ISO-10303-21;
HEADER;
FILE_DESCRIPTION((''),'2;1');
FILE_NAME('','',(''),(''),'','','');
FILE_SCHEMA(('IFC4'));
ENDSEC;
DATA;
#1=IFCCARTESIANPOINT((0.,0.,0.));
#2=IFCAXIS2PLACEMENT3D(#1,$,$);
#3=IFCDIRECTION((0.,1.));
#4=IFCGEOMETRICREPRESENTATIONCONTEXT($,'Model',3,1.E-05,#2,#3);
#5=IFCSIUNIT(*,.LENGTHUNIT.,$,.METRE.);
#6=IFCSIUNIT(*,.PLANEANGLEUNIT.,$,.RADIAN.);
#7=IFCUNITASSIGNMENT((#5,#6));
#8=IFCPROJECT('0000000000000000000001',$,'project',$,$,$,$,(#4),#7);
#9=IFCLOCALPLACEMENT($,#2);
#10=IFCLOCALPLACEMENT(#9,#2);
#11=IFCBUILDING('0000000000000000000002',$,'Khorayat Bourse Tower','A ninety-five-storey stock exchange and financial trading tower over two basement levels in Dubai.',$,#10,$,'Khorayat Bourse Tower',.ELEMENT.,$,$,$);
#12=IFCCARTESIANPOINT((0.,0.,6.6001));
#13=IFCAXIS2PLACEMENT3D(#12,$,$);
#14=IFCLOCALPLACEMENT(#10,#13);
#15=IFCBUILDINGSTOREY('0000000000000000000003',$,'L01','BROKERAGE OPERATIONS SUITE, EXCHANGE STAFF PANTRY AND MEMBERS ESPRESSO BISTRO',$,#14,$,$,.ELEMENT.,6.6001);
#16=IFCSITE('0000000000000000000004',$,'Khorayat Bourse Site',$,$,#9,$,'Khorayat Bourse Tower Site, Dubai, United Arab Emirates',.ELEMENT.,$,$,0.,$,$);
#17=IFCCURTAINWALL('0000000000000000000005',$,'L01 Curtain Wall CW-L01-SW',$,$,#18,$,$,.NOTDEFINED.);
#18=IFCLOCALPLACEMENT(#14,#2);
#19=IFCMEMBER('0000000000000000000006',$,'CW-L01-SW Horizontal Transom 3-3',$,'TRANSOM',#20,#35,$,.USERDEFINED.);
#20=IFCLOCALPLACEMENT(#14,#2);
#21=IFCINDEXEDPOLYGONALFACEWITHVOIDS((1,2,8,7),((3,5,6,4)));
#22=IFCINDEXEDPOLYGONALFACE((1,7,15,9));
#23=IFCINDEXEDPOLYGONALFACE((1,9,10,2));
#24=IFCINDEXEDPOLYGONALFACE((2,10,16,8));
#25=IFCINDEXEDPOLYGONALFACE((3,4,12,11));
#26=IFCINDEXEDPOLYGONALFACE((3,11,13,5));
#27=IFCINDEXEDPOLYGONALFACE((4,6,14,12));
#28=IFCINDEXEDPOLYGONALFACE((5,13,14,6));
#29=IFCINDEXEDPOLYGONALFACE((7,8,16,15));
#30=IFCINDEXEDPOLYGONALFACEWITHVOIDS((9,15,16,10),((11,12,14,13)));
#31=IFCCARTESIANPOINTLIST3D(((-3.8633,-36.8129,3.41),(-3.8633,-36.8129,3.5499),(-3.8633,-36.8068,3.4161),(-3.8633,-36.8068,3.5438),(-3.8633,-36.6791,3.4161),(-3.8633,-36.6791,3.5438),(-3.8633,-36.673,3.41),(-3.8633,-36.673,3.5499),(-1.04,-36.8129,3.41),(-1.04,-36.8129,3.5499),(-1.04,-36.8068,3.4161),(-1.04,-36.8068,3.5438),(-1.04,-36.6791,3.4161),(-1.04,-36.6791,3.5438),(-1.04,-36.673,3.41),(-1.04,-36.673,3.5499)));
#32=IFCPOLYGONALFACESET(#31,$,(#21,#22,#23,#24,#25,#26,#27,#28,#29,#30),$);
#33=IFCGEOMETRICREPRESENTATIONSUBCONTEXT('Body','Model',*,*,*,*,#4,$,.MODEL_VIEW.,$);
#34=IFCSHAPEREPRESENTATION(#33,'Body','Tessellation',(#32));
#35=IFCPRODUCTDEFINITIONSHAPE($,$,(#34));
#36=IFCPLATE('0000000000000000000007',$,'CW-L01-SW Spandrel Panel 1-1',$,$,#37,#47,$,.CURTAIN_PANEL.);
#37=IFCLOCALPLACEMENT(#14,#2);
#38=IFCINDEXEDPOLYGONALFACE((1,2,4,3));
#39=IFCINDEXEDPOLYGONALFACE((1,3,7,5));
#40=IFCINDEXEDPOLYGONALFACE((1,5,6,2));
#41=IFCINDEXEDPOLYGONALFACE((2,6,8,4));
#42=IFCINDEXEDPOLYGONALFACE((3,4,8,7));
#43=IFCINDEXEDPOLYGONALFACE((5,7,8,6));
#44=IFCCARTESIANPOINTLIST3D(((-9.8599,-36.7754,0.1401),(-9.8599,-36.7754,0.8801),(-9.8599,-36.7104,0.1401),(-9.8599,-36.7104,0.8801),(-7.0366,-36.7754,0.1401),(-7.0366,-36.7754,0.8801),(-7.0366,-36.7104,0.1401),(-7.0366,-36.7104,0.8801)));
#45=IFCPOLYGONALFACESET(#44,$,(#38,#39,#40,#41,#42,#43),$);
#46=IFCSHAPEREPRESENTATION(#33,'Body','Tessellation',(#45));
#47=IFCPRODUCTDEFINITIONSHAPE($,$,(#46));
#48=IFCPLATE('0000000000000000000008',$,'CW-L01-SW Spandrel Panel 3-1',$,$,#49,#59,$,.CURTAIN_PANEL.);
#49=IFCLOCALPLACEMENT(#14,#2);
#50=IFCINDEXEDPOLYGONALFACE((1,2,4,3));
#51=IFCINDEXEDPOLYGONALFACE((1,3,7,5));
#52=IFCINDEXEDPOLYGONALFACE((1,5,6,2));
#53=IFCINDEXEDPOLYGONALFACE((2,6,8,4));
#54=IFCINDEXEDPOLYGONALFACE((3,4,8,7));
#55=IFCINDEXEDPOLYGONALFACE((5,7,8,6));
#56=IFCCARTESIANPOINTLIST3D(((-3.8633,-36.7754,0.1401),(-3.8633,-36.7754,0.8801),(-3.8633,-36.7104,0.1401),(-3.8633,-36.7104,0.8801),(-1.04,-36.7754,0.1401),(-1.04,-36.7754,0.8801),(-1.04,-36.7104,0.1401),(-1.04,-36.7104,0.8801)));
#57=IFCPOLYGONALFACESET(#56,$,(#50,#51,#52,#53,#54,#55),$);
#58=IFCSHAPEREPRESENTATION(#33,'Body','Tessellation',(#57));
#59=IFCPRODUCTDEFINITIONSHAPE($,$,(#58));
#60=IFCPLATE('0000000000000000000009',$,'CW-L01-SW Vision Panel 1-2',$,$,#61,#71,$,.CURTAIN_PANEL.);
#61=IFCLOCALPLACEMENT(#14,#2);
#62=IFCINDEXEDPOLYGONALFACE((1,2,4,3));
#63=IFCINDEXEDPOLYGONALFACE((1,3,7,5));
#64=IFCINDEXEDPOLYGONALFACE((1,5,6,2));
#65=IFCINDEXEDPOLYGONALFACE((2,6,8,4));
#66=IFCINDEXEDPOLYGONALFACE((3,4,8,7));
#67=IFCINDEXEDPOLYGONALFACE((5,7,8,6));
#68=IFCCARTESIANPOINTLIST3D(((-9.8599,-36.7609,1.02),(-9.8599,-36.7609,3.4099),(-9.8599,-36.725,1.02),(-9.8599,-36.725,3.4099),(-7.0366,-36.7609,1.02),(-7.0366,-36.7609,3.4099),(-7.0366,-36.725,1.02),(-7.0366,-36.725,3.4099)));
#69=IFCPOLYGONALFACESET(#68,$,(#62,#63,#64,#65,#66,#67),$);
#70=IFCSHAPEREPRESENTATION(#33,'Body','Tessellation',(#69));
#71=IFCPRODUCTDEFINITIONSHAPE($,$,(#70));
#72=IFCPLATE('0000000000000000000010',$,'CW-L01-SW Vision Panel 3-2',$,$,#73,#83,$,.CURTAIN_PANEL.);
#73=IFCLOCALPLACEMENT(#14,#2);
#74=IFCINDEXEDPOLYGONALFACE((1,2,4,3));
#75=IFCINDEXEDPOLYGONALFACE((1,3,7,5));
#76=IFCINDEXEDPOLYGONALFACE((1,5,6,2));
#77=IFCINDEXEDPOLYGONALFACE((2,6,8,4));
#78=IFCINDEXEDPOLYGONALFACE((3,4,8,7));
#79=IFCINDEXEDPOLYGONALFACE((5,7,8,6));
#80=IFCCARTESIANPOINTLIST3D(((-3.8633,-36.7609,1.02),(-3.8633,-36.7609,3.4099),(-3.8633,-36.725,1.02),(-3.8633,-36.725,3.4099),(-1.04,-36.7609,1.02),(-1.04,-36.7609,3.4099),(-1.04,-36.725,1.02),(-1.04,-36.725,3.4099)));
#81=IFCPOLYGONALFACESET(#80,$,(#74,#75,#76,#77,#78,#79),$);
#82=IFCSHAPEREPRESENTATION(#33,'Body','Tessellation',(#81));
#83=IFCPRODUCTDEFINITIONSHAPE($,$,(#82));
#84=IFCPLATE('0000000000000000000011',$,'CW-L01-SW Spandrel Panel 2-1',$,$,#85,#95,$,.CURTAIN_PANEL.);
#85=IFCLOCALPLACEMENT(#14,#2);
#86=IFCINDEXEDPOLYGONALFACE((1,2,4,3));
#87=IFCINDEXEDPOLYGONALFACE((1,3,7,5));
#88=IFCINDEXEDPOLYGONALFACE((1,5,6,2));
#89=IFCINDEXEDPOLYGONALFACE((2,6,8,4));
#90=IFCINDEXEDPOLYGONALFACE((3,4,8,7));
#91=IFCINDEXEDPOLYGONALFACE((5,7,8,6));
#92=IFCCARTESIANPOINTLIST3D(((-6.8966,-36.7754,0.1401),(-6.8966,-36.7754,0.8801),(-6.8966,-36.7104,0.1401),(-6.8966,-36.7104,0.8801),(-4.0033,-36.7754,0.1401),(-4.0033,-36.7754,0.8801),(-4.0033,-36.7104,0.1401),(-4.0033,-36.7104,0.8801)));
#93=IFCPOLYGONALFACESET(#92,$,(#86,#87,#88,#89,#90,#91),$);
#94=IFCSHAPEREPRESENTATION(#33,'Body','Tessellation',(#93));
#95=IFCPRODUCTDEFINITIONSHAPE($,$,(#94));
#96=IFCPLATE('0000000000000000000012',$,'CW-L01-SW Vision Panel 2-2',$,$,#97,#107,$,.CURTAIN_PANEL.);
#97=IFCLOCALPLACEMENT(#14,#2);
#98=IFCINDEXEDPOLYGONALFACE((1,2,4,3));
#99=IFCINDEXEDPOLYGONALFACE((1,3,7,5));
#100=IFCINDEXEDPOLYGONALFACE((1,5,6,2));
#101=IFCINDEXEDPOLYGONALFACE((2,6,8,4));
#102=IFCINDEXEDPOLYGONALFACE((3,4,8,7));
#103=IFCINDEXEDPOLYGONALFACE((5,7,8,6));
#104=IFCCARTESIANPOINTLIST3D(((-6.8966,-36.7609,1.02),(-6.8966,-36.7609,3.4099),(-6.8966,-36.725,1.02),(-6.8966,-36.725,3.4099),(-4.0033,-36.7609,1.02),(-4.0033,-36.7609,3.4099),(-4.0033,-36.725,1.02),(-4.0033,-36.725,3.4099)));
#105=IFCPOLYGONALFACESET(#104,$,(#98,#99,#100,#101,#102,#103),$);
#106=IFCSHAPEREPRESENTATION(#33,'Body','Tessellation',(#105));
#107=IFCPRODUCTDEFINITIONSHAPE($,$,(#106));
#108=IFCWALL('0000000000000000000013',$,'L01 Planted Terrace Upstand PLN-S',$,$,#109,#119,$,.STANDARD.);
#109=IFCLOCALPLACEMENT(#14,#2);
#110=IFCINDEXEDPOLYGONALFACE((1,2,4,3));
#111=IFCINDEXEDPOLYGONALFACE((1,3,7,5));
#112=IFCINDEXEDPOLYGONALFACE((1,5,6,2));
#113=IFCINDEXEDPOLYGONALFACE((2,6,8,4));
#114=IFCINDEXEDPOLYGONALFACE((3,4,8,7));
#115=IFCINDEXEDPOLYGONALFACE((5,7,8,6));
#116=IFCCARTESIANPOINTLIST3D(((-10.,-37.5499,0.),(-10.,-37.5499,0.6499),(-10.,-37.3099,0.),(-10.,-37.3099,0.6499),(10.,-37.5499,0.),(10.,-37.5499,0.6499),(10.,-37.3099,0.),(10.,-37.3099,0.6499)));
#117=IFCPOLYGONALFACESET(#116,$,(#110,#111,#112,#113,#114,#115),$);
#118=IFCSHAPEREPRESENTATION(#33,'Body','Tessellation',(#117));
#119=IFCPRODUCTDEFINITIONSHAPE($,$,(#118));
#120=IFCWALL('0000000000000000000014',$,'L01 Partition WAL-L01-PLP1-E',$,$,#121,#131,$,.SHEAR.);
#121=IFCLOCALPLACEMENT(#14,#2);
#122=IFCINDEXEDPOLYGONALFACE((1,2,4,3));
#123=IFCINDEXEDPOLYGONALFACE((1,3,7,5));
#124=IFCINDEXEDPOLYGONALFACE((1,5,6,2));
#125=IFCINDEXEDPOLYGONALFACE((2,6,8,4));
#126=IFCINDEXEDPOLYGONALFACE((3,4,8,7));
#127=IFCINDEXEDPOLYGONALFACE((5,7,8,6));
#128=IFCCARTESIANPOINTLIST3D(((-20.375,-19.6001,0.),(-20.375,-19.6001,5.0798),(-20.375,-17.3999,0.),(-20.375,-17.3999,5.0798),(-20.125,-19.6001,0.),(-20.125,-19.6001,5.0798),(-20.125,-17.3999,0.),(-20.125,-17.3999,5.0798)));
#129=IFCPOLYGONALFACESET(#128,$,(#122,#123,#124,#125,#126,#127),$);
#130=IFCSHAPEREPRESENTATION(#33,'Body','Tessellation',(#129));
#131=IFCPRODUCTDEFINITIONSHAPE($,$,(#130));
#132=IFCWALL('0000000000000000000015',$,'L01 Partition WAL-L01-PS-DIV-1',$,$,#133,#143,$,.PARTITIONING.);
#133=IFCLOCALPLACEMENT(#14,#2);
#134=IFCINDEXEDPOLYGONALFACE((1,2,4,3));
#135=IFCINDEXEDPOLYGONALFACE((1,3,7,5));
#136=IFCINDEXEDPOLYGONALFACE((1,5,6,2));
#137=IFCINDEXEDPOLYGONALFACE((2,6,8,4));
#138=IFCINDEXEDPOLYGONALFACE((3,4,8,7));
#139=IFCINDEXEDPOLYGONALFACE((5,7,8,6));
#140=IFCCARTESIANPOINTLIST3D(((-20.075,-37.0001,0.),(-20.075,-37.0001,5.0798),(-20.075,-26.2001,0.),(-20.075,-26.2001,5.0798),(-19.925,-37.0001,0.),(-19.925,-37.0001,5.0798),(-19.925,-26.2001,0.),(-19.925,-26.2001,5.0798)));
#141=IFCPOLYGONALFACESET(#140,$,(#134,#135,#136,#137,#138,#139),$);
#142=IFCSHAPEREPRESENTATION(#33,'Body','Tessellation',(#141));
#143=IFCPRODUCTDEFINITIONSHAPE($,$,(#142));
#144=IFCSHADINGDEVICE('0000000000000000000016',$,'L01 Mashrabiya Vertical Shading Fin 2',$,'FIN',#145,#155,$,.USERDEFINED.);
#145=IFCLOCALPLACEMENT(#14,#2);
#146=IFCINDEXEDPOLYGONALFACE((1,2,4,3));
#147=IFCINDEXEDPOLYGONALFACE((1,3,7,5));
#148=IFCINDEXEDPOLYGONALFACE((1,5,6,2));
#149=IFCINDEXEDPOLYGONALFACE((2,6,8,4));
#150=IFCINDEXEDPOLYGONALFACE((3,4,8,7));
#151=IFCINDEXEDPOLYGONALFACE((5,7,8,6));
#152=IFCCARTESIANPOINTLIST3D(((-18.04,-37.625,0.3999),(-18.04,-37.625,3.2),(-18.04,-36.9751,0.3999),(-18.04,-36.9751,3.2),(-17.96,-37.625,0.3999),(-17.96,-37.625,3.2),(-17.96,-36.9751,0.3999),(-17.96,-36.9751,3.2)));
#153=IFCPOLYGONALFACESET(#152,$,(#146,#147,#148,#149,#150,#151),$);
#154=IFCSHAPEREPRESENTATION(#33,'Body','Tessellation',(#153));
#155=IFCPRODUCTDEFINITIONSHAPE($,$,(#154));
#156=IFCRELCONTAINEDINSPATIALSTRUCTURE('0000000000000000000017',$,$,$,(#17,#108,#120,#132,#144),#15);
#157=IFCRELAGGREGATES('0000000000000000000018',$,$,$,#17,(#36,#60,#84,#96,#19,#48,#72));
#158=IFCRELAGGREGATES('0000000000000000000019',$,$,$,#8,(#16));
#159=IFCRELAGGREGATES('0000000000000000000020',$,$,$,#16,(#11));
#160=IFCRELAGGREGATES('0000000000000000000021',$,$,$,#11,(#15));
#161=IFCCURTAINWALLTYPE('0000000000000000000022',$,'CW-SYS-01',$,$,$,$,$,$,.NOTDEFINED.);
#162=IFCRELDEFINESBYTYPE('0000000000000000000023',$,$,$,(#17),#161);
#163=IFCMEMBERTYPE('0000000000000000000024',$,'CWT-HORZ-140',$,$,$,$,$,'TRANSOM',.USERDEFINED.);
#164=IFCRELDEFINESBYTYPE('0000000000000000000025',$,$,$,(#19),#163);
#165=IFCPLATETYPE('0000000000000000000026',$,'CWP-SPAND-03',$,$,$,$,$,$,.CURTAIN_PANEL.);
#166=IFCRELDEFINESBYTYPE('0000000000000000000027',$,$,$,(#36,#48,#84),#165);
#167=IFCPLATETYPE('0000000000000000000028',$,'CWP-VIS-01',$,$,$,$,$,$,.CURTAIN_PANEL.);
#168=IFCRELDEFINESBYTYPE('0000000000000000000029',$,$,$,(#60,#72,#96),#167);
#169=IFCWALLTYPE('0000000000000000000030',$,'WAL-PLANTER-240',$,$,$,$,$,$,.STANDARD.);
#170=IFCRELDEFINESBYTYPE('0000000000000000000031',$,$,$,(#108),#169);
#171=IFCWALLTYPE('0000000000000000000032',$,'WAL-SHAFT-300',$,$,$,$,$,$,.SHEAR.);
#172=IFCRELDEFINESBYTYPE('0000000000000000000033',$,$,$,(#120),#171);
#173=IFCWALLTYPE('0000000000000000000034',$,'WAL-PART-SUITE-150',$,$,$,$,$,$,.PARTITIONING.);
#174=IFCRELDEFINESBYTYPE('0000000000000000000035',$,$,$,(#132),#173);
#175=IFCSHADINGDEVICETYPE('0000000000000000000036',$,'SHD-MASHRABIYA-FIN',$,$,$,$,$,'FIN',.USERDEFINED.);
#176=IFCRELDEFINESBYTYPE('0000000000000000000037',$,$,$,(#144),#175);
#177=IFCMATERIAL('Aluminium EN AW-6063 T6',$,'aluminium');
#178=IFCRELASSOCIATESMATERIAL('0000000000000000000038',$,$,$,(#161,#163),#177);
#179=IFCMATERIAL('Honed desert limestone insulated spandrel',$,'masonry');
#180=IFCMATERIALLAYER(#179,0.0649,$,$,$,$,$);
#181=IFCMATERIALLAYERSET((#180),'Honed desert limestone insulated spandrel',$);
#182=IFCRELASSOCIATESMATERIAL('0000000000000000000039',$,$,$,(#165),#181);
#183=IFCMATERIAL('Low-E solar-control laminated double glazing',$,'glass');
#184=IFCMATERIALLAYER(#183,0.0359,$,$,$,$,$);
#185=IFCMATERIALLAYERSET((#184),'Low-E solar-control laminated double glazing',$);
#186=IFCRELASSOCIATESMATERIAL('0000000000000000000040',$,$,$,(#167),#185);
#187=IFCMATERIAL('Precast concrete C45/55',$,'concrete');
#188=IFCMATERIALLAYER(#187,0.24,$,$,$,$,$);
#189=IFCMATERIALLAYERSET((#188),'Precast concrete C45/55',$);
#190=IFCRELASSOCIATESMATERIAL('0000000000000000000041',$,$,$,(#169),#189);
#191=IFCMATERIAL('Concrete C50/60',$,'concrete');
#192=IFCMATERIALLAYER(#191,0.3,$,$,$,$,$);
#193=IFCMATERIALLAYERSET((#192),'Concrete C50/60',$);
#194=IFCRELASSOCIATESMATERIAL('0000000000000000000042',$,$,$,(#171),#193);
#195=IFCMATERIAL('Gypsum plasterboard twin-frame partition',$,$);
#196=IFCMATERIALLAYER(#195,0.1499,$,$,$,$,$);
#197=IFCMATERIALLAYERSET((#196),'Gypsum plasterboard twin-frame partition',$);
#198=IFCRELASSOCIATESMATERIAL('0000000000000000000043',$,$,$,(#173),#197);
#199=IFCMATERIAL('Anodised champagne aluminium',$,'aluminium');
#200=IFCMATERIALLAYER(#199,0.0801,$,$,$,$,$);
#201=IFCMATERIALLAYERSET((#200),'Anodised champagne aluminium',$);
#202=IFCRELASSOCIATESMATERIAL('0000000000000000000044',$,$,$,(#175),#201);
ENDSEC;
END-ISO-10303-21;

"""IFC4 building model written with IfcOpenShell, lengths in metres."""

from ifc_helpers import new_model, si_unit, direction, frame, frame_2d, origin, origin_2d, place, context, subcontext, project, spatial, rectangle, hollow_rectangle, extrude, source, transform, mapped, material, layer, layer_set, material_profile, profile_set, type_object, element, aggregate, save


model = new_model("IFC4")

# Units and contexts
model_context = context("Model", 3, precision=1e-05, world=origin(), true_north=direction((0.0, 1.0)))
body_context = subcontext(model_context, "Body", "Model", "MODEL_VIEW")
ifc_project = project(units=[si_unit("LENGTHUNIT", "METRE"), si_unit("PLANEANGLEUNIT", "RADIAN")], contexts=[model_context])

# Site, building, storey
site_placement = place(None, origin())
site = spatial("IfcSite", under=ifc_project, at=site_placement, Name="Khorayat Bourse Site", LongName="Khorayat Bourse Tower Site, Dubai, United Arab Emirates", CompositionType="ELEMENT", RefElevation=0.0)
building_placement = place(site_placement, origin())
building = spatial("IfcBuilding", under=site, at=building_placement, Name="Khorayat Bourse Tower", Description="A ninety-five-storey stock exchange and financial trading tower over two basement levels in Dubai.", LongName="Khorayat Bourse Tower", CompositionType="ELEMENT")
storey_placement = place(building_placement, frame((0.0, 0.0, 6.6001)))
storey = spatial("IfcBuildingStorey", under=building, at=storey_placement, Name="L01", Description="BROKERAGE OPERATIONS SUITE, EXCHANGE STAFF PANTRY AND MEMBERS ESPRESSO BISTRO", CompositionType="ELEMENT", Elevation=6.6001)

# Curtain wall, member, plates
ifc_material_1 = material(Name="Aluminium EN AW-6063 T6", Category="aluminium")
curtain_wall_type = type_object("IfcCurtainWallType", Name="CW-SYS-01", PredefinedType="NOTDEFINED", material=ifc_material_1)
curtain_wall_placement = place(storey_placement, origin())
curtain_wall = element("IfcCurtainWall", 1, at=curtain_wall_placement, inside=storey, type_object=curtain_wall_type, Name="L01 Curtain Wall CW-L01-SW", PredefinedType="NOTDEFINED")
ifc_material_profile_1 = material_profile(ifc_material_1, hollow_rectangle(XDim=0.1399, YDim=0.1399, WallThickness=0.0061, at=origin_2d()), Name="ALU 140x140x6")
ifc_profile_set_1 = profile_set([ifc_material_profile_1], Name="Aluminium EN AW-6063 T6")
member_type_1 = type_object("IfcMemberType", Name="CWT-HORZ-140", ElementType="TRANSOM", PredefinedType="USERDEFINED", material=ifc_profile_set_1)
shared_shape_1 = source(origin(), body_context, "Body", "SweptSolid", [
    extrude(hollow_rectangle(XDim=0.1399, YDim=0.1399, WallThickness=0.0061, at=origin_2d()), origin(), (0.0, 0.0, 1.0), 2.8232),
])
member_1_placement = place(storey_placement, frame((-3.8633, -36.7429, 3.48), z_axis=(1.0, 0.0, 0.0), x_axis=(0.0, 1.0, 0.0)))
member_1 = element("IfcMember", 2, at=member_1_placement, type_object=member_type_1, Name="CW-L01-SW Horizontal Transom 3-3", ObjectType="TRANSOM", PredefinedType="USERDEFINED", context=body_context, shape_type="MappedRepresentation", body=[
    mapped(shared_shape_1, transform((0.0, 0.0, 0.0), scale=1.0)),
])
ifc_material_2 = material(Name="Honed desert limestone insulated spandrel", Category="masonry")
ifc_layer_1 = layer(ifc_material_2, 0.0649)
ifc_layer_set_1 = layer_set([ifc_layer_1], Name="Honed desert limestone insulated spandrel")
plate_type_1 = type_object("IfcPlateType", Name="CWP-SPAND-03", PredefinedType="CURTAIN_PANEL", material=ifc_layer_set_1)
shared_shape_2 = source(origin(), body_context, "Body", "SweptSolid", [
    extrude(rectangle(XDim=2.8232, YDim=0.0649, at=origin_2d()), origin(), (0.0, 0.0, 1.0), 0.74),
])
plate_1_placement = place(storey_placement, frame((-8.4482, -36.7429, 0.1401), z_axis=(0.0, 0.0, 1.0), x_axis=(1.0, 0.0, 0.0)))
plate_1 = element("IfcPlate", 3, at=plate_1_placement, type_object=plate_type_1, Name="CW-L01-SW Spandrel Panel 1-1", PredefinedType="CURTAIN_PANEL", context=body_context, shape_type="MappedRepresentation", body=[
    mapped(shared_shape_2, transform((0.0, 0.0, 0.0), scale=1.0)),
])
plate_2_placement = place(storey_placement, frame((-2.4517, -36.7429, 0.1401), z_axis=(0.0, 0.0, 1.0), x_axis=(1.0, 0.0, 0.0)))
plate_2 = element("IfcPlate", 4, at=plate_2_placement, type_object=plate_type_1, Name="CW-L01-SW Spandrel Panel 3-1", PredefinedType="CURTAIN_PANEL", context=body_context, shape_type="MappedRepresentation", body=[
    mapped(shared_shape_2, transform((0.0, 0.0, 0.0), scale=1.0)),
])
ifc_material_3 = material(Name="Low-E solar-control laminated double glazing", Category="glass")
ifc_layer_2 = layer(ifc_material_3, 0.0359)
ifc_layer_set_2 = layer_set([ifc_layer_2], Name="Low-E solar-control laminated double glazing")
plate_type_2 = type_object("IfcPlateType", Name="CWP-VIS-01", PredefinedType="CURTAIN_PANEL", material=ifc_layer_set_2)
shared_shape_3 = source(origin(), body_context, "Body", "SweptSolid", [
    extrude(rectangle(XDim=2.8232, YDim=0.0359, at=origin_2d()), origin(), (0.0, 0.0, 1.0), 2.3899),
])
plate_3_placement = place(storey_placement, frame((-8.4482, -36.7429, 1.02), z_axis=(0.0, 0.0, 1.0), x_axis=(1.0, 0.0, 0.0)))
plate_3 = element("IfcPlate", 5, at=plate_3_placement, type_object=plate_type_2, Name="CW-L01-SW Vision Panel 1-2", PredefinedType="CURTAIN_PANEL", context=body_context, shape_type="MappedRepresentation", body=[
    mapped(shared_shape_3, transform((0.0, 0.0, 0.0), scale=1.0)),
])
plate_4_placement = place(storey_placement, frame((-2.4517, -36.7429, 1.02), z_axis=(0.0, 0.0, 1.0), x_axis=(1.0, 0.0, 0.0)))
plate_4 = element("IfcPlate", 6, at=plate_4_placement, type_object=plate_type_2, Name="CW-L01-SW Vision Panel 3-2", PredefinedType="CURTAIN_PANEL", context=body_context, shape_type="MappedRepresentation", body=[
    mapped(shared_shape_3, transform((0.0, 0.0, 0.0), scale=1.0)),
])
shared_shape_4 = source(origin(), body_context, "Body", "SweptSolid", [
    extrude(rectangle(XDim=2.8933, YDim=0.0649, at=origin_2d()), origin(), (0.0, 0.0, 1.0), 0.74),
])
plate_5_placement = place(storey_placement, frame((-5.45, -36.7429, 0.1401), z_axis=(0.0, 0.0, 1.0), x_axis=(1.0, 0.0, 0.0)))
plate_5 = element("IfcPlate", 7, at=plate_5_placement, type_object=plate_type_1, Name="CW-L01-SW Spandrel Panel 2-1", PredefinedType="CURTAIN_PANEL", context=body_context, shape_type="MappedRepresentation", body=[
    mapped(shared_shape_4, transform((0.0, 0.0, 0.0), scale=1.0)),
])
shared_shape_5 = source(origin(), body_context, "Body", "SweptSolid", [
    extrude(rectangle(XDim=2.8933, YDim=0.0359, at=origin_2d()), origin(), (0.0, 0.0, 1.0), 2.3899),
])
plate_6_placement = place(storey_placement, frame((-5.45, -36.7429, 1.02), z_axis=(0.0, 0.0, 1.0), x_axis=(1.0, 0.0, 0.0)))
plate_6 = element("IfcPlate", 8, at=plate_6_placement, type_object=plate_type_2, Name="CW-L01-SW Vision Panel 2-2", PredefinedType="CURTAIN_PANEL", context=body_context, shape_type="MappedRepresentation", body=[
    mapped(shared_shape_5, transform((0.0, 0.0, 0.0), scale=1.0)),
])
aggregate(curtain_wall, [plate_1, plate_3, plate_5, plate_6, member_1, plate_2, plate_4])

# Walls
ifc_material_4 = material(Name="Precast concrete C45/55", Category="concrete")
ifc_layer_3 = layer(ifc_material_4, 0.24)
ifc_layer_set_3 = layer_set([ifc_layer_3], Name="Precast concrete C45/55")
wall_type_1 = type_object("IfcWallType", Name="WAL-PLANTER-240", PredefinedType="STANDARD", material=ifc_layer_set_3)
shared_shape_6 = source(origin(), body_context, "Body", "SweptSolid", [
    extrude(rectangle(XDim=20.0, YDim=0.24, at=frame_2d((10.0, 0.0))), origin(), (0.0, 0.0, 1.0), 0.6499),
])
wall_1_placement = place(storey_placement, frame((-10.0, -37.4299, 0.0), z_axis=(0.0, 0.0, 1.0), x_axis=(1.0, 0.0, 0.0)))
element("IfcWall", 9, at=wall_1_placement, inside=storey, type_object=wall_type_1, Name="L01 Planted Terrace Upstand PLN-S", PredefinedType="STANDARD", context=body_context, shape_type="MappedRepresentation", body=[
    mapped(shared_shape_6, transform((0.0, 0.0, 0.0), scale=1.0)),
])
ifc_material_5 = material(Name="Concrete C50/60", Category="concrete")
ifc_layer_4 = layer(ifc_material_5, 0.3)
ifc_layer_set_4 = layer_set([ifc_layer_4], Name="Concrete C50/60")
wall_type_2 = type_object("IfcWallType", Name="WAL-SHAFT-300", PredefinedType="SHEAR", material=ifc_layer_set_4)
shared_shape_7 = source(origin(), body_context, "Body", "SweptSolid", [
    extrude(rectangle(XDim=2.2002, YDim=0.25, at=frame_2d((1.1001, 0.0))), origin(), (0.0, 0.0, 1.0), 5.0798),
])
wall_2_placement = place(storey_placement, frame((-20.25, -19.6001, 0.0), z_axis=(0.0, 0.0, 1.0), x_axis=(0.0, 1.0, 0.0)))
element("IfcWall", 10, at=wall_2_placement, inside=storey, type_object=wall_type_2, Name="L01 Partition WAL-L01-PLP1-E", PredefinedType="SHEAR", context=body_context, shape_type="MappedRepresentation", body=[
    mapped(shared_shape_7, transform((0.0, 0.0, 0.0), scale=1.0)),
])
ifc_material_6 = material(Name="Gypsum plasterboard twin-frame partition")
ifc_layer_5 = layer(ifc_material_6, 0.1499)
ifc_layer_set_5 = layer_set([ifc_layer_5], Name="Gypsum plasterboard twin-frame partition")
wall_type_3 = type_object("IfcWallType", Name="WAL-PART-SUITE-150", PredefinedType="PARTITIONING", material=ifc_layer_set_5)
shared_shape_8 = source(origin(), body_context, "Body", "SweptSolid", [
    extrude(rectangle(XDim=10.8, YDim=0.1499, at=frame_2d((5.3999, 0.0))), origin(), (0.0, 0.0, 1.0), 5.0798),
])
wall_3_placement = place(storey_placement, frame((-20.0, -37.0, 0.0), z_axis=(0.0, 0.0, 1.0), x_axis=(0.0, 1.0, 0.0)))
element("IfcWall", 11, at=wall_3_placement, inside=storey, type_object=wall_type_3, Name="L01 Partition WAL-L01-PS-DIV-1", PredefinedType="PARTITIONING", context=body_context, shape_type="MappedRepresentation", body=[
    mapped(shared_shape_8, transform((0.0, 0.0, 0.0), scale=1.0)),
])

# Shading device
ifc_material_7 = material(Name="Anodised champagne aluminium", Category="aluminium")
ifc_layer_6 = layer(ifc_material_7, 0.0801)
ifc_layer_set_6 = layer_set([ifc_layer_6], Name="Anodised champagne aluminium")
shading_device_type = type_object("IfcShadingDeviceType", Name="SHD-MASHRABIYA-FIN", ElementType="FIN", PredefinedType="USERDEFINED", material=ifc_layer_set_6)
shared_shape_9 = source(origin(), body_context, "Body", "SweptSolid", [
    extrude(rectangle(XDim=0.0801, YDim=0.6499, at=origin_2d()), origin(), (0.0, 0.0, 1.0), 2.8),
])
shading_device_placement = place(storey_placement, frame((-18.0, -37.3, 0.3999), z_axis=(0.0, 0.0, 1.0), x_axis=(1.0, 0.0, 0.0)))
element("IfcShadingDevice", 12, at=shading_device_placement, inside=storey, type_object=shading_device_type, Name="L01 Mashrabiya Vertical Shading Fin 2", ObjectType="FIN", PredefinedType="USERDEFINED", context=body_context, shape_type="MappedRepresentation", body=[
    mapped(shared_shape_9, transform((0.0, 0.0, 0.0), scale=1.0)),
])

save(model, "model.ifc")
